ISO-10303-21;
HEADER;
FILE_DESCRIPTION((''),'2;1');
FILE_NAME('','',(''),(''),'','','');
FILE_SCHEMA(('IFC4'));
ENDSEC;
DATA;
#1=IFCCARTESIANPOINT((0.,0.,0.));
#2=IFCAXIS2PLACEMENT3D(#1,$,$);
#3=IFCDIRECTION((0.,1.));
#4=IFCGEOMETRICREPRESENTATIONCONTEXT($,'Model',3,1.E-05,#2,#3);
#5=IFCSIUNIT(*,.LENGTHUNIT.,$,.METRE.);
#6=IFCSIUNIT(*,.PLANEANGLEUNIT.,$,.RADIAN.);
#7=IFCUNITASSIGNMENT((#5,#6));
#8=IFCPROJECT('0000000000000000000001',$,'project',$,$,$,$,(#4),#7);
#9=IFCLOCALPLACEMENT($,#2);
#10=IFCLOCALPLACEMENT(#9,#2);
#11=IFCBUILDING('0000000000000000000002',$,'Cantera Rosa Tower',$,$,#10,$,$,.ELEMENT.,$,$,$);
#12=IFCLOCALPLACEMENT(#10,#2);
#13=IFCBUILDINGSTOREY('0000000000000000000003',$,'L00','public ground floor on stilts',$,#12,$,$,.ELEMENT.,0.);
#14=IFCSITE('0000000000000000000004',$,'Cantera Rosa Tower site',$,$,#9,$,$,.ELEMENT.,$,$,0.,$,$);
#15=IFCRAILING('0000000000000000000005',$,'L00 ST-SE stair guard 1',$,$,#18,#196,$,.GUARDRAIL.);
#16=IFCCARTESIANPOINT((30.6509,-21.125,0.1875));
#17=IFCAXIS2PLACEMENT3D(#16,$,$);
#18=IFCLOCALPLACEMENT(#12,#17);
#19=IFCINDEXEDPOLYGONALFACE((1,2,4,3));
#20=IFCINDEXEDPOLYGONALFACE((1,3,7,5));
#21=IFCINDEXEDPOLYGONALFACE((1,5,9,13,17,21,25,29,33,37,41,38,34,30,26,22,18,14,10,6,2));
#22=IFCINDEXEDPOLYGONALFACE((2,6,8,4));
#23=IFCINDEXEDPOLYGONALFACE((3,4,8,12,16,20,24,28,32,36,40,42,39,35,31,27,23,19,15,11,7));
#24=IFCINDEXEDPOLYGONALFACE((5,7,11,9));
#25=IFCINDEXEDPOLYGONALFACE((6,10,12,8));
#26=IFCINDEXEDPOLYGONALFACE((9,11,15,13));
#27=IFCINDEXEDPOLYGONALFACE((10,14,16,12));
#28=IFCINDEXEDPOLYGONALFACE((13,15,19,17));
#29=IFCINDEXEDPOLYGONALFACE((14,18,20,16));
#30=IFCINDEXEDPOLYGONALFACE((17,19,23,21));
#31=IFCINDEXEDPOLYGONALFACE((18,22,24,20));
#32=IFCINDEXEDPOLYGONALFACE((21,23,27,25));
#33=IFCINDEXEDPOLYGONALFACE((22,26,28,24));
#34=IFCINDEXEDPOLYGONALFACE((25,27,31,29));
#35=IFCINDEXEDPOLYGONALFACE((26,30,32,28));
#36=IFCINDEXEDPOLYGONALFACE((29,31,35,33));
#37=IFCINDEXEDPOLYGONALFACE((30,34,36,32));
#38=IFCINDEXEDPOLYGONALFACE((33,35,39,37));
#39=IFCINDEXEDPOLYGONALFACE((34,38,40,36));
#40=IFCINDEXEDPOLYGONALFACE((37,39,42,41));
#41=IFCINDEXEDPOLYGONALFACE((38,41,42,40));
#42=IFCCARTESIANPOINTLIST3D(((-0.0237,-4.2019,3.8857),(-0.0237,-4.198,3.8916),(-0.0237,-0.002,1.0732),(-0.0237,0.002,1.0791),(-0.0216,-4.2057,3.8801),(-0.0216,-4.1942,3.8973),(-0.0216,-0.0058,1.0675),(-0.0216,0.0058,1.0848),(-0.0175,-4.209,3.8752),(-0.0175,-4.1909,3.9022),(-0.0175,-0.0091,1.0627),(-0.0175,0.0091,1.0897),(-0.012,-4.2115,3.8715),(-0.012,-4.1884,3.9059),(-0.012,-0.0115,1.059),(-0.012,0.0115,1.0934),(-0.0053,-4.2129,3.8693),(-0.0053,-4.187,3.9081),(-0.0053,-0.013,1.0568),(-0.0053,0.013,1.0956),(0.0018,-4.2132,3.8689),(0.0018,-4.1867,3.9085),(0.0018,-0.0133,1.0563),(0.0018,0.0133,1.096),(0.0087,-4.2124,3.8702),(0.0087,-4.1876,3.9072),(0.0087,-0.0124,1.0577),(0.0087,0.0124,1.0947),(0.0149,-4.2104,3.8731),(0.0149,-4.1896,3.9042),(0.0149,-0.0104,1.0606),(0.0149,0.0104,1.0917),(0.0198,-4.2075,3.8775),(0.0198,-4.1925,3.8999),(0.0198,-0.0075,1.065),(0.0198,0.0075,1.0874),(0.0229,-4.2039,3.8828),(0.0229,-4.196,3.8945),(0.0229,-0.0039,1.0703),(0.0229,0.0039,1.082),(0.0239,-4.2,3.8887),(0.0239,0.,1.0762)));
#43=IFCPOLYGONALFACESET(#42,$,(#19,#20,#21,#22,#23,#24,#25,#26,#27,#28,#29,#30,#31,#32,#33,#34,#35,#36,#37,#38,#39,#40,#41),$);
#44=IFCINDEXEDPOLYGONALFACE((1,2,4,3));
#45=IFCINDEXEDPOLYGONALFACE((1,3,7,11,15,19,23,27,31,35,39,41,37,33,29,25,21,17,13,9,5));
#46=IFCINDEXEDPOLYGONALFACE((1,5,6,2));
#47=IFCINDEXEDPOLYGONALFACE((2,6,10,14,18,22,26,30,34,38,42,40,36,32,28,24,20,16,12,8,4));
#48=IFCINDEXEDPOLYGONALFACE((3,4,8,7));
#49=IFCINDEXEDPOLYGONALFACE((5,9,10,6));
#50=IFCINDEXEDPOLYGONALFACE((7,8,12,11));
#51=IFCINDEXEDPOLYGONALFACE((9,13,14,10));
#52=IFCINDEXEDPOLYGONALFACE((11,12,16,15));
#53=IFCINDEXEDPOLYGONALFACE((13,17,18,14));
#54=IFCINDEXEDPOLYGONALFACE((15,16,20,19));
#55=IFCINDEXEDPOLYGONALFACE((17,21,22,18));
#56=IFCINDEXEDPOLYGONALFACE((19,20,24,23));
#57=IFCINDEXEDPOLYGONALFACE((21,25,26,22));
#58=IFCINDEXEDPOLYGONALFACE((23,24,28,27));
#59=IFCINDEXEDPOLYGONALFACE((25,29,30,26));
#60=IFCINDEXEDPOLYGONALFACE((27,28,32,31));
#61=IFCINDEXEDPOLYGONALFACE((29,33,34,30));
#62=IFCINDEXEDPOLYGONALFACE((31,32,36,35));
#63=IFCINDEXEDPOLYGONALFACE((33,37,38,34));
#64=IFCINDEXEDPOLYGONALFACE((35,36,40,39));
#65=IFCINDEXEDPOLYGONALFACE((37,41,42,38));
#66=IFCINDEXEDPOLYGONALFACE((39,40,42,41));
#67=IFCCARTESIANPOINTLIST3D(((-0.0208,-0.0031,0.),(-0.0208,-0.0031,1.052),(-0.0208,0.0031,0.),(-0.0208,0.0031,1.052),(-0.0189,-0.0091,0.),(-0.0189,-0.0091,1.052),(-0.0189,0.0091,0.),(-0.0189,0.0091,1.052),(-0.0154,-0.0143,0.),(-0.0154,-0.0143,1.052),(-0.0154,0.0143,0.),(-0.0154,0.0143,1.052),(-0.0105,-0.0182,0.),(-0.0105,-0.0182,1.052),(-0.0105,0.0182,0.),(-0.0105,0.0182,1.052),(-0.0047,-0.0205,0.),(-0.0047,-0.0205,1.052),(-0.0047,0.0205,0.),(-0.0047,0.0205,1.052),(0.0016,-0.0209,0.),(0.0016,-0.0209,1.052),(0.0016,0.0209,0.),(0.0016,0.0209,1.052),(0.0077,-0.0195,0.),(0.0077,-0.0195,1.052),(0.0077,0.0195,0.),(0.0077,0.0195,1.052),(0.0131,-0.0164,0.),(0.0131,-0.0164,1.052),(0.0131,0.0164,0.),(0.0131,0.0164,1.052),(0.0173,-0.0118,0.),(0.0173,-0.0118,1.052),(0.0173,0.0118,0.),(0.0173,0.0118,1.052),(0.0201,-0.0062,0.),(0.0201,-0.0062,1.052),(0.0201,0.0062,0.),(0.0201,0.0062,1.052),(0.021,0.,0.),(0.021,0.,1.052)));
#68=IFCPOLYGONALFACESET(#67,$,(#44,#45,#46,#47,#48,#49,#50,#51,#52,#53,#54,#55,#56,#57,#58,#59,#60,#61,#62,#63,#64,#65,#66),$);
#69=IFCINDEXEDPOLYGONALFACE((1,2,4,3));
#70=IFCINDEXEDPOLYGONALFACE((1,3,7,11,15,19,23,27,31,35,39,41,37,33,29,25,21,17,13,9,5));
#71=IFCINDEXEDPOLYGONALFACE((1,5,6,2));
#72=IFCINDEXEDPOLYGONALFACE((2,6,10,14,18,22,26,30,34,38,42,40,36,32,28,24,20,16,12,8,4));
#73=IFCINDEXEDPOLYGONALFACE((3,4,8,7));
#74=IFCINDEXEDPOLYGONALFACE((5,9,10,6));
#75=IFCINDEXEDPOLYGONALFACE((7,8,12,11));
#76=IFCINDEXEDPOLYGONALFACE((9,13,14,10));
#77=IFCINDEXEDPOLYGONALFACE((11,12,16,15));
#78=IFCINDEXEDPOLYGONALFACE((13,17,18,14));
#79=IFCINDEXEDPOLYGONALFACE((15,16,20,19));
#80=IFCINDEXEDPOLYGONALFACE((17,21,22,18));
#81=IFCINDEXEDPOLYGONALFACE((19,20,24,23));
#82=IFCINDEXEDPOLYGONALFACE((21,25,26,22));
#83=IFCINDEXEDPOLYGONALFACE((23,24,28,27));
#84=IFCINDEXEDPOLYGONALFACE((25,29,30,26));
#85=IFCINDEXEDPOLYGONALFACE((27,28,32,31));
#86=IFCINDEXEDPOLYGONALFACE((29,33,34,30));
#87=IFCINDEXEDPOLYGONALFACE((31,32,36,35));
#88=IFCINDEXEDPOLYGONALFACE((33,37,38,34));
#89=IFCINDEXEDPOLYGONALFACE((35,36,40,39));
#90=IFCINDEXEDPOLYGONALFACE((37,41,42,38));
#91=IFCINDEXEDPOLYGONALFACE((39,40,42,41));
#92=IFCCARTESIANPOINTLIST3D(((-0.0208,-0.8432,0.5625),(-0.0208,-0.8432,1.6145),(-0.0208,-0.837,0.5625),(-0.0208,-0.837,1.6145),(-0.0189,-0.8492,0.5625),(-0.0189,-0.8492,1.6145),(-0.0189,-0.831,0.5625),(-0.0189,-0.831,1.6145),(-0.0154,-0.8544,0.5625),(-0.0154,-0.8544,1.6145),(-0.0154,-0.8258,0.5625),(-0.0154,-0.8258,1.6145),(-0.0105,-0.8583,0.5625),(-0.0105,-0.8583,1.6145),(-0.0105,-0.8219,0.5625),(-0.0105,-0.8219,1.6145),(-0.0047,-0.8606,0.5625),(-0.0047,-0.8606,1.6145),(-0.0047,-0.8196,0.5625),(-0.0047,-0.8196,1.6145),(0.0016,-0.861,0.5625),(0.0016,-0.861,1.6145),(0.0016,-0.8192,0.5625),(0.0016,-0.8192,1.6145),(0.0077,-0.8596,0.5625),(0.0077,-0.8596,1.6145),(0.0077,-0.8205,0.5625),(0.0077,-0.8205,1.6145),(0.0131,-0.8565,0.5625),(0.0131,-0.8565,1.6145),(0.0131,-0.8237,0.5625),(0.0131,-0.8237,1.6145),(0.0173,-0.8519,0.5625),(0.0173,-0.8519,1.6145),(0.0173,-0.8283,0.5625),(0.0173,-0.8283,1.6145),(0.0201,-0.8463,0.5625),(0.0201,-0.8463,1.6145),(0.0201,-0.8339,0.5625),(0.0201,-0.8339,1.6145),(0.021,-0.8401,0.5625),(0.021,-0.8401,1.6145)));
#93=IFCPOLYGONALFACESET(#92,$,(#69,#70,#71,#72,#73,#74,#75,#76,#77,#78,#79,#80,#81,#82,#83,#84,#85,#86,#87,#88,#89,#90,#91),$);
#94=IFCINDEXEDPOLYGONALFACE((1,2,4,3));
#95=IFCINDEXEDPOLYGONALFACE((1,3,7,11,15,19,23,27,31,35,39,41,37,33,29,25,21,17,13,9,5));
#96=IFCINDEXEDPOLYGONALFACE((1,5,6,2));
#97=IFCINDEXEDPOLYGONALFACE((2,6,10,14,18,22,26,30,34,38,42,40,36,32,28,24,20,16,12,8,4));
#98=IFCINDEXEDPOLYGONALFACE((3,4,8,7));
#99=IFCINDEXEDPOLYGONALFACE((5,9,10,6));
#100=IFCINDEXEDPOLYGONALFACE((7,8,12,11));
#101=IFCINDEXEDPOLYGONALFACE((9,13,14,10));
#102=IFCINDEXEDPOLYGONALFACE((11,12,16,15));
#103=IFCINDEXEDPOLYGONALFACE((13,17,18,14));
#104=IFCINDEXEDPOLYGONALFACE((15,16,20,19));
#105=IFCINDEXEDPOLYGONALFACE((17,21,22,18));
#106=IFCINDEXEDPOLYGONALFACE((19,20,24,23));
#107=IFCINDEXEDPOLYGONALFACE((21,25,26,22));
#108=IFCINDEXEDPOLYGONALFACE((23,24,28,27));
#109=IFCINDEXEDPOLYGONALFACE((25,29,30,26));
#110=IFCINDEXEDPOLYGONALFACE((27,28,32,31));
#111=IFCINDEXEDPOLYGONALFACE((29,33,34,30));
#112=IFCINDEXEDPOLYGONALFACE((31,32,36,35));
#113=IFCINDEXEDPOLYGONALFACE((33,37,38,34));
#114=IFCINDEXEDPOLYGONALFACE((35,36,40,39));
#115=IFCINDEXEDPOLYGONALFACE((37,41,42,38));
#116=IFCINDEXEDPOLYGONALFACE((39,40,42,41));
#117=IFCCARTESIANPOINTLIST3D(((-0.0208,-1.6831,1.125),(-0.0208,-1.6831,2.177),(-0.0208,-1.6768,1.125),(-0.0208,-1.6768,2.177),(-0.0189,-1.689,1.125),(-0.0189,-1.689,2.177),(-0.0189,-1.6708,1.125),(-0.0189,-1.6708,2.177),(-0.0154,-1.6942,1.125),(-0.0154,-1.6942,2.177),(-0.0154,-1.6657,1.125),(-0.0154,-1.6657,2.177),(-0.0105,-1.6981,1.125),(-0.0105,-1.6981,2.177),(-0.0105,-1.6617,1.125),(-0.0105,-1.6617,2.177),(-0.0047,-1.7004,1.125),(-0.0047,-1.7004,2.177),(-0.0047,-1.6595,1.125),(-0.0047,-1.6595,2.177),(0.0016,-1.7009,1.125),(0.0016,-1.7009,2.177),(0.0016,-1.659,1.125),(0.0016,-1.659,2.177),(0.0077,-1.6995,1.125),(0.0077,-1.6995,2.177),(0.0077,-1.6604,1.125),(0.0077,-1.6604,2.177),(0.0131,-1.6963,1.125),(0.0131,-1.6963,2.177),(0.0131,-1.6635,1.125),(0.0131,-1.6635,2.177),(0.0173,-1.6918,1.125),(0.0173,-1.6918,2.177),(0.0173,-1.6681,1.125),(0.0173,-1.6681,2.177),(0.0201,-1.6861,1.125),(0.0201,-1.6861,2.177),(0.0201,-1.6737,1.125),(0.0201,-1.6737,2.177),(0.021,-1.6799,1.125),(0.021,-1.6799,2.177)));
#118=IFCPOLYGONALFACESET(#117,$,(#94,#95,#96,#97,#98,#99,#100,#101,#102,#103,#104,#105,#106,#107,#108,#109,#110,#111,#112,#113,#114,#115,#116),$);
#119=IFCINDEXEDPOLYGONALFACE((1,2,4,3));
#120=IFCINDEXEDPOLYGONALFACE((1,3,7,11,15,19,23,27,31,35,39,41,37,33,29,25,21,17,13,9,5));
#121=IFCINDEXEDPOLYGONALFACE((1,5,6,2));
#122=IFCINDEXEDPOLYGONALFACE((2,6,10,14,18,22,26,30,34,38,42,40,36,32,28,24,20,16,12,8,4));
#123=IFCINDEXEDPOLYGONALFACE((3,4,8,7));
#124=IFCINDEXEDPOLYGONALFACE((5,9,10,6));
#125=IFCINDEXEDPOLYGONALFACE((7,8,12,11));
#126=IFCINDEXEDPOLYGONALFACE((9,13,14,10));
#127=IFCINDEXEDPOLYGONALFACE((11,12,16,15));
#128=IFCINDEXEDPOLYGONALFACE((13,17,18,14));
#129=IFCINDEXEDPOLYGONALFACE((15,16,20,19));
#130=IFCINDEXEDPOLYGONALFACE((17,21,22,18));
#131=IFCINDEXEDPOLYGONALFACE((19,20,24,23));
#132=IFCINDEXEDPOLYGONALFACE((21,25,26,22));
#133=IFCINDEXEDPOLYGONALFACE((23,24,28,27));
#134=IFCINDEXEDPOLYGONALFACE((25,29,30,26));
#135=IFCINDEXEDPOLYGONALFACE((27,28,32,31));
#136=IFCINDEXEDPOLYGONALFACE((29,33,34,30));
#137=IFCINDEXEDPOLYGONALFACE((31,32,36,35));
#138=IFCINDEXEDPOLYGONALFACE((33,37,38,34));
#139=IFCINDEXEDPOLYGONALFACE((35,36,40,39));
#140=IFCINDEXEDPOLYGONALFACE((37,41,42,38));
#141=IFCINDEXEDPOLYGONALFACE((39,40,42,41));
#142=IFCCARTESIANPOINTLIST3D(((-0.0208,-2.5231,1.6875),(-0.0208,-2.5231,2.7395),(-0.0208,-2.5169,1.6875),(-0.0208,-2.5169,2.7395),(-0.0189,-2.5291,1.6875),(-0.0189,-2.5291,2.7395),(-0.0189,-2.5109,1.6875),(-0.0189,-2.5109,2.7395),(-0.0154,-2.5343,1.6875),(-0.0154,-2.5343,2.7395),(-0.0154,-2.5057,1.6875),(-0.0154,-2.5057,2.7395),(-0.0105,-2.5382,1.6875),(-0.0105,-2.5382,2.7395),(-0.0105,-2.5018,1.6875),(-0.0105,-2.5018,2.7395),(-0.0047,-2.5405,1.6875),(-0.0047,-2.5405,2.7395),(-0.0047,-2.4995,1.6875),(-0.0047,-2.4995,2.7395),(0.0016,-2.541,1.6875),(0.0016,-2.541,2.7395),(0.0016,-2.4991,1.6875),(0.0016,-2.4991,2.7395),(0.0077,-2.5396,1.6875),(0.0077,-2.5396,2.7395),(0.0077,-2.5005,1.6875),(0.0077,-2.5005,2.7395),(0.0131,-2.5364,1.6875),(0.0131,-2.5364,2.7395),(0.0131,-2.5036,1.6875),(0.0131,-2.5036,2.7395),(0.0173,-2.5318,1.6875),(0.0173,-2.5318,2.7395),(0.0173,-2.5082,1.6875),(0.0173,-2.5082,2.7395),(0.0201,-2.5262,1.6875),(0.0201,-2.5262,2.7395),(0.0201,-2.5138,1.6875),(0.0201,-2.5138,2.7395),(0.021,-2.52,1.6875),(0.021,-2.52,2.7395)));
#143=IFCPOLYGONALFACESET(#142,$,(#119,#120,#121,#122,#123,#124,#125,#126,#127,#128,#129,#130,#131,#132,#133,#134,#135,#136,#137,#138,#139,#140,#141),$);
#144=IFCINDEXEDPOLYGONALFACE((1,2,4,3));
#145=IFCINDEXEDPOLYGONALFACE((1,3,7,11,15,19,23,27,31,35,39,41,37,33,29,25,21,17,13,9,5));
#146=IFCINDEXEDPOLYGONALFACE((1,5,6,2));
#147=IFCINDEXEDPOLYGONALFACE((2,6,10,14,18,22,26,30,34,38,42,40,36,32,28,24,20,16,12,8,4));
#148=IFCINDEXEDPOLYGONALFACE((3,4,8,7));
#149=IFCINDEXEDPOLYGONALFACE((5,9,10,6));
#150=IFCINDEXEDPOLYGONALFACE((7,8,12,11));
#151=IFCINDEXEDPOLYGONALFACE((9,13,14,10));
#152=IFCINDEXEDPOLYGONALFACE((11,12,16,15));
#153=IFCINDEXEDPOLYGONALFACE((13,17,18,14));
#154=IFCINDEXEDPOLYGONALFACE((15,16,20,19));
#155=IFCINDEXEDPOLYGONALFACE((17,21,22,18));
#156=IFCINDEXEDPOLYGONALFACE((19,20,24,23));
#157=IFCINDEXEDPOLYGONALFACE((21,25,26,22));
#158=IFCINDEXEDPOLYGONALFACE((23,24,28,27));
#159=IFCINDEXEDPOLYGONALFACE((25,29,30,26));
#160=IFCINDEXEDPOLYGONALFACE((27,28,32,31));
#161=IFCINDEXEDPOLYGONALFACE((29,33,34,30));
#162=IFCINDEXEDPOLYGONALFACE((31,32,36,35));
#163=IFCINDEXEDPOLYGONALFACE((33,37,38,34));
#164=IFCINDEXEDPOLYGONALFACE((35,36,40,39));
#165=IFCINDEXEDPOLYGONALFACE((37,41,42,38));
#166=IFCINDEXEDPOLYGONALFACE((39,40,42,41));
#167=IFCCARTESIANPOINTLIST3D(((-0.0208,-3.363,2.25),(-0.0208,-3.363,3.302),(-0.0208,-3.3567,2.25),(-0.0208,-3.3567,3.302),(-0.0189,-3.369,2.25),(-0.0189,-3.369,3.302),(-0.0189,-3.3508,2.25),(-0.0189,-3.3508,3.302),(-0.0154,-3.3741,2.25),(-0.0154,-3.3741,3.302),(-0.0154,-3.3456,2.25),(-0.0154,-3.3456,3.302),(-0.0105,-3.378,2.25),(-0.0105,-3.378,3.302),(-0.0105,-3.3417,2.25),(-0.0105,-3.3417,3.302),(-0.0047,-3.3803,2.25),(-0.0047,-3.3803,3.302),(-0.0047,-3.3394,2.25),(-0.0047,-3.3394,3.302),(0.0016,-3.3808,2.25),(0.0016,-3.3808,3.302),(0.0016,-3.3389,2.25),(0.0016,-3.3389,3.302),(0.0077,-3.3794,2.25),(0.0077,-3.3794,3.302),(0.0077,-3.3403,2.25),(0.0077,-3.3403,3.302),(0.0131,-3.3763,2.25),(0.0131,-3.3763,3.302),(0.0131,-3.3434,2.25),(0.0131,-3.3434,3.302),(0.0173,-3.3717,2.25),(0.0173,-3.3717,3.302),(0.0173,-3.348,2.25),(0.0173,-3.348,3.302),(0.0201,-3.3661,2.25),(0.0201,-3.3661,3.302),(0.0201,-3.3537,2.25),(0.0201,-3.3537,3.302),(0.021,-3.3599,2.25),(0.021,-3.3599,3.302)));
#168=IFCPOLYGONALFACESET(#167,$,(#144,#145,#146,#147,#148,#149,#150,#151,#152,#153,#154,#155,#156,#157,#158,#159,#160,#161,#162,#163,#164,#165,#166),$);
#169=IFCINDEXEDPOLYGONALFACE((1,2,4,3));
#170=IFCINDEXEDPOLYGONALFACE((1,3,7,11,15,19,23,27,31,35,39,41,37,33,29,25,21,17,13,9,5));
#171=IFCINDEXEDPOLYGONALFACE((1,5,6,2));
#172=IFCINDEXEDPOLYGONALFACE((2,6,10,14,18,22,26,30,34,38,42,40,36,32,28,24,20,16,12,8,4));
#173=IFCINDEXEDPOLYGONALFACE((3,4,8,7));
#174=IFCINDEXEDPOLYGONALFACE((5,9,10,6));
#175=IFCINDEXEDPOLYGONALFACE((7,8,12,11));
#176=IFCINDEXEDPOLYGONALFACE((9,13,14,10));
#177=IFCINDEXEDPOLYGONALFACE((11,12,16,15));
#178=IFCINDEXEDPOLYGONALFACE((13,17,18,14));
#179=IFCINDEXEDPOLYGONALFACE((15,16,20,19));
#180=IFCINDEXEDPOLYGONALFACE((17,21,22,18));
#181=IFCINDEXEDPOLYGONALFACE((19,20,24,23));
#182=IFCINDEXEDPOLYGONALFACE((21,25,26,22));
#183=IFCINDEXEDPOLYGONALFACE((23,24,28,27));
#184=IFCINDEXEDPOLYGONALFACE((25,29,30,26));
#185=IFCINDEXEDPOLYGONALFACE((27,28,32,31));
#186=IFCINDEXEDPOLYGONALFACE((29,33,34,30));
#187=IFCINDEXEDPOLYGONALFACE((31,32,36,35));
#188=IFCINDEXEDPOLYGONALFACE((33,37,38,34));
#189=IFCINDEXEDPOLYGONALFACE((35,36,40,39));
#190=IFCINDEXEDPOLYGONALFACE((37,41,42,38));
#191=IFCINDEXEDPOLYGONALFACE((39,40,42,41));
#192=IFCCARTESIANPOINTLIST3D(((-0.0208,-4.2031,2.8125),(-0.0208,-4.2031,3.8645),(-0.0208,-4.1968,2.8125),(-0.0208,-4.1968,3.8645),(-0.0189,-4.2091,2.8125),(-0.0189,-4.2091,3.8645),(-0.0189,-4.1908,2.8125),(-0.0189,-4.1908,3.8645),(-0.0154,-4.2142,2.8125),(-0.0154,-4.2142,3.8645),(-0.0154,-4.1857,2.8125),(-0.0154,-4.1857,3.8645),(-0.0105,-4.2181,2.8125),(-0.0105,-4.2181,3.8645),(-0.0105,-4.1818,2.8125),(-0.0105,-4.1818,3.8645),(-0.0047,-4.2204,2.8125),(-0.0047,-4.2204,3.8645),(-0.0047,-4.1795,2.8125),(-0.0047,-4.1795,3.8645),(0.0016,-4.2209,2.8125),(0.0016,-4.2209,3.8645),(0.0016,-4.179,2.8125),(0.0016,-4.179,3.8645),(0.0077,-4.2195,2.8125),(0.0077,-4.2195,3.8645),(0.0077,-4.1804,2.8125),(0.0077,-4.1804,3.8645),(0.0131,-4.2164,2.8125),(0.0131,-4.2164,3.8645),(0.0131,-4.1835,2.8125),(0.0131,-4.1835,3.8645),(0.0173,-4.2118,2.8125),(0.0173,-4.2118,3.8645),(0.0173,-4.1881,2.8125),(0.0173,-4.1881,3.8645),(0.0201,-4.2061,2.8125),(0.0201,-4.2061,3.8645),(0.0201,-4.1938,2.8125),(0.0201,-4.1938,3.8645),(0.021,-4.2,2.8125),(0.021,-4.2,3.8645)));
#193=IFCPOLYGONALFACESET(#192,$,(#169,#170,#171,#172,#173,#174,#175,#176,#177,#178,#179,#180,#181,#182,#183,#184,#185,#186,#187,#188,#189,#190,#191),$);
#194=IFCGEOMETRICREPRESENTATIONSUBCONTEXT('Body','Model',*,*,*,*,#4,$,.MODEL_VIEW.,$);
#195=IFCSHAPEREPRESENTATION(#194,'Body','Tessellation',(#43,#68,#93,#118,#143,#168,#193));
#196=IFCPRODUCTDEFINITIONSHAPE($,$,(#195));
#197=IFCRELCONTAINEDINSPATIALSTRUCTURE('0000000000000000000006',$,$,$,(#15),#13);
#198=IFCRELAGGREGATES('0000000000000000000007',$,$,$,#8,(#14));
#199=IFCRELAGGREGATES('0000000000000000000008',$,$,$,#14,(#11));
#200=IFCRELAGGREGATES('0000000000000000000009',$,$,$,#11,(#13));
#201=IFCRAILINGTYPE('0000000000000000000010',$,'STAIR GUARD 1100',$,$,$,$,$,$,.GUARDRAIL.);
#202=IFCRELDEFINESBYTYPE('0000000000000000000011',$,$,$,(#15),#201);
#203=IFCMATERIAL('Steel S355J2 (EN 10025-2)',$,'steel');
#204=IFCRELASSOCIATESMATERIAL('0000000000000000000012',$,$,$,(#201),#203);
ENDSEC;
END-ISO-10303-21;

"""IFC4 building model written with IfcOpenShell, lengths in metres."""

from ifc_helpers import new_model, si_unit, direction, frame, origin, origin_2d, place, context, subcontext, project, spatial, circle, extrude, material, type_object, element, save


model = new_model("IFC4")

# Units and contexts
model_context = context("Model", 3, precision=1e-05, world=origin(), true_north=direction((0.0, 1.0)))
body_context = subcontext(model_context, "Body", "Model", "MODEL_VIEW")
ifc_project = project(units=[si_unit("LENGTHUNIT", "METRE"), si_unit("PLANEANGLEUNIT", "RADIAN")], contexts=[model_context])

# Site, building, storey
site_placement = place(None, origin())
site = spatial("IfcSite", under=ifc_project, at=site_placement, Name="Cantera Rosa Tower site", CompositionType="ELEMENT", RefElevation=0.0)
building_placement = place(site_placement, origin())
building = spatial("IfcBuilding", under=site, at=building_placement, Name="Cantera Rosa Tower", CompositionType="ELEMENT")
storey_placement = place(building_placement, origin())
storey = spatial("IfcBuildingStorey", under=building, at=storey_placement, Name="L00", Description="public ground floor on stilts", CompositionType="ELEMENT", Elevation=0.0)

# Railing
ifc_material_1 = material(Name="Steel S355J2 (EN 10025-2)", Category="steel")
railing_type_1 = type_object("IfcRailingType", Name="STAIR GUARD 1100", PredefinedType="GUARDRAIL", material=ifc_material_1)
railing_1_placement = place(storey_placement, frame((30.6509, -21.125, 0.1875)))
element("IfcRailing", 1, at=railing_1_placement, inside=storey, type_object=railing_type_1, Name="L00 ST-SE stair guard 1", PredefinedType="GUARDRAIL", context=body_context, shape_type="SweptSolid", body=[
    extrude(circle(Radius=0.0239, at=origin_2d()), frame((0.0, 0.0, 1.0762), z_axis=(0.0, -0.830904, 0.556416), x_axis=(1.0, 0.0, 0.0)), (0.0, 0.0, 1.0), 5.0547),
    extrude(circle(Radius=0.021, at=origin_2d()), origin(), (0.0, 0.0, 1.0), 1.052),
    extrude(circle(Radius=0.021, at=origin_2d()), frame((0.0, -0.8401, 0.5625)), (0.0, 0.0, 1.0), 1.052),
    extrude(circle(Radius=0.021, at=origin_2d()), frame((0.0, -1.6799, 1.125)), (0.0, 0.0, 1.0), 1.052),
    extrude(circle(Radius=0.021, at=origin_2d()), frame((0.0, -2.52, 1.6875)), (0.0, 0.0, 1.0), 1.052),
    extrude(circle(Radius=0.021, at=origin_2d()), frame((0.0, -3.3599, 2.25)), (0.0, 0.0, 1.0), 1.052),
    extrude(circle(Radius=0.021, at=origin_2d()), frame((0.0, -4.2, 2.8125)), (0.0, 0.0, 1.0), 1.052),
])

save(model, "model.ifc")
